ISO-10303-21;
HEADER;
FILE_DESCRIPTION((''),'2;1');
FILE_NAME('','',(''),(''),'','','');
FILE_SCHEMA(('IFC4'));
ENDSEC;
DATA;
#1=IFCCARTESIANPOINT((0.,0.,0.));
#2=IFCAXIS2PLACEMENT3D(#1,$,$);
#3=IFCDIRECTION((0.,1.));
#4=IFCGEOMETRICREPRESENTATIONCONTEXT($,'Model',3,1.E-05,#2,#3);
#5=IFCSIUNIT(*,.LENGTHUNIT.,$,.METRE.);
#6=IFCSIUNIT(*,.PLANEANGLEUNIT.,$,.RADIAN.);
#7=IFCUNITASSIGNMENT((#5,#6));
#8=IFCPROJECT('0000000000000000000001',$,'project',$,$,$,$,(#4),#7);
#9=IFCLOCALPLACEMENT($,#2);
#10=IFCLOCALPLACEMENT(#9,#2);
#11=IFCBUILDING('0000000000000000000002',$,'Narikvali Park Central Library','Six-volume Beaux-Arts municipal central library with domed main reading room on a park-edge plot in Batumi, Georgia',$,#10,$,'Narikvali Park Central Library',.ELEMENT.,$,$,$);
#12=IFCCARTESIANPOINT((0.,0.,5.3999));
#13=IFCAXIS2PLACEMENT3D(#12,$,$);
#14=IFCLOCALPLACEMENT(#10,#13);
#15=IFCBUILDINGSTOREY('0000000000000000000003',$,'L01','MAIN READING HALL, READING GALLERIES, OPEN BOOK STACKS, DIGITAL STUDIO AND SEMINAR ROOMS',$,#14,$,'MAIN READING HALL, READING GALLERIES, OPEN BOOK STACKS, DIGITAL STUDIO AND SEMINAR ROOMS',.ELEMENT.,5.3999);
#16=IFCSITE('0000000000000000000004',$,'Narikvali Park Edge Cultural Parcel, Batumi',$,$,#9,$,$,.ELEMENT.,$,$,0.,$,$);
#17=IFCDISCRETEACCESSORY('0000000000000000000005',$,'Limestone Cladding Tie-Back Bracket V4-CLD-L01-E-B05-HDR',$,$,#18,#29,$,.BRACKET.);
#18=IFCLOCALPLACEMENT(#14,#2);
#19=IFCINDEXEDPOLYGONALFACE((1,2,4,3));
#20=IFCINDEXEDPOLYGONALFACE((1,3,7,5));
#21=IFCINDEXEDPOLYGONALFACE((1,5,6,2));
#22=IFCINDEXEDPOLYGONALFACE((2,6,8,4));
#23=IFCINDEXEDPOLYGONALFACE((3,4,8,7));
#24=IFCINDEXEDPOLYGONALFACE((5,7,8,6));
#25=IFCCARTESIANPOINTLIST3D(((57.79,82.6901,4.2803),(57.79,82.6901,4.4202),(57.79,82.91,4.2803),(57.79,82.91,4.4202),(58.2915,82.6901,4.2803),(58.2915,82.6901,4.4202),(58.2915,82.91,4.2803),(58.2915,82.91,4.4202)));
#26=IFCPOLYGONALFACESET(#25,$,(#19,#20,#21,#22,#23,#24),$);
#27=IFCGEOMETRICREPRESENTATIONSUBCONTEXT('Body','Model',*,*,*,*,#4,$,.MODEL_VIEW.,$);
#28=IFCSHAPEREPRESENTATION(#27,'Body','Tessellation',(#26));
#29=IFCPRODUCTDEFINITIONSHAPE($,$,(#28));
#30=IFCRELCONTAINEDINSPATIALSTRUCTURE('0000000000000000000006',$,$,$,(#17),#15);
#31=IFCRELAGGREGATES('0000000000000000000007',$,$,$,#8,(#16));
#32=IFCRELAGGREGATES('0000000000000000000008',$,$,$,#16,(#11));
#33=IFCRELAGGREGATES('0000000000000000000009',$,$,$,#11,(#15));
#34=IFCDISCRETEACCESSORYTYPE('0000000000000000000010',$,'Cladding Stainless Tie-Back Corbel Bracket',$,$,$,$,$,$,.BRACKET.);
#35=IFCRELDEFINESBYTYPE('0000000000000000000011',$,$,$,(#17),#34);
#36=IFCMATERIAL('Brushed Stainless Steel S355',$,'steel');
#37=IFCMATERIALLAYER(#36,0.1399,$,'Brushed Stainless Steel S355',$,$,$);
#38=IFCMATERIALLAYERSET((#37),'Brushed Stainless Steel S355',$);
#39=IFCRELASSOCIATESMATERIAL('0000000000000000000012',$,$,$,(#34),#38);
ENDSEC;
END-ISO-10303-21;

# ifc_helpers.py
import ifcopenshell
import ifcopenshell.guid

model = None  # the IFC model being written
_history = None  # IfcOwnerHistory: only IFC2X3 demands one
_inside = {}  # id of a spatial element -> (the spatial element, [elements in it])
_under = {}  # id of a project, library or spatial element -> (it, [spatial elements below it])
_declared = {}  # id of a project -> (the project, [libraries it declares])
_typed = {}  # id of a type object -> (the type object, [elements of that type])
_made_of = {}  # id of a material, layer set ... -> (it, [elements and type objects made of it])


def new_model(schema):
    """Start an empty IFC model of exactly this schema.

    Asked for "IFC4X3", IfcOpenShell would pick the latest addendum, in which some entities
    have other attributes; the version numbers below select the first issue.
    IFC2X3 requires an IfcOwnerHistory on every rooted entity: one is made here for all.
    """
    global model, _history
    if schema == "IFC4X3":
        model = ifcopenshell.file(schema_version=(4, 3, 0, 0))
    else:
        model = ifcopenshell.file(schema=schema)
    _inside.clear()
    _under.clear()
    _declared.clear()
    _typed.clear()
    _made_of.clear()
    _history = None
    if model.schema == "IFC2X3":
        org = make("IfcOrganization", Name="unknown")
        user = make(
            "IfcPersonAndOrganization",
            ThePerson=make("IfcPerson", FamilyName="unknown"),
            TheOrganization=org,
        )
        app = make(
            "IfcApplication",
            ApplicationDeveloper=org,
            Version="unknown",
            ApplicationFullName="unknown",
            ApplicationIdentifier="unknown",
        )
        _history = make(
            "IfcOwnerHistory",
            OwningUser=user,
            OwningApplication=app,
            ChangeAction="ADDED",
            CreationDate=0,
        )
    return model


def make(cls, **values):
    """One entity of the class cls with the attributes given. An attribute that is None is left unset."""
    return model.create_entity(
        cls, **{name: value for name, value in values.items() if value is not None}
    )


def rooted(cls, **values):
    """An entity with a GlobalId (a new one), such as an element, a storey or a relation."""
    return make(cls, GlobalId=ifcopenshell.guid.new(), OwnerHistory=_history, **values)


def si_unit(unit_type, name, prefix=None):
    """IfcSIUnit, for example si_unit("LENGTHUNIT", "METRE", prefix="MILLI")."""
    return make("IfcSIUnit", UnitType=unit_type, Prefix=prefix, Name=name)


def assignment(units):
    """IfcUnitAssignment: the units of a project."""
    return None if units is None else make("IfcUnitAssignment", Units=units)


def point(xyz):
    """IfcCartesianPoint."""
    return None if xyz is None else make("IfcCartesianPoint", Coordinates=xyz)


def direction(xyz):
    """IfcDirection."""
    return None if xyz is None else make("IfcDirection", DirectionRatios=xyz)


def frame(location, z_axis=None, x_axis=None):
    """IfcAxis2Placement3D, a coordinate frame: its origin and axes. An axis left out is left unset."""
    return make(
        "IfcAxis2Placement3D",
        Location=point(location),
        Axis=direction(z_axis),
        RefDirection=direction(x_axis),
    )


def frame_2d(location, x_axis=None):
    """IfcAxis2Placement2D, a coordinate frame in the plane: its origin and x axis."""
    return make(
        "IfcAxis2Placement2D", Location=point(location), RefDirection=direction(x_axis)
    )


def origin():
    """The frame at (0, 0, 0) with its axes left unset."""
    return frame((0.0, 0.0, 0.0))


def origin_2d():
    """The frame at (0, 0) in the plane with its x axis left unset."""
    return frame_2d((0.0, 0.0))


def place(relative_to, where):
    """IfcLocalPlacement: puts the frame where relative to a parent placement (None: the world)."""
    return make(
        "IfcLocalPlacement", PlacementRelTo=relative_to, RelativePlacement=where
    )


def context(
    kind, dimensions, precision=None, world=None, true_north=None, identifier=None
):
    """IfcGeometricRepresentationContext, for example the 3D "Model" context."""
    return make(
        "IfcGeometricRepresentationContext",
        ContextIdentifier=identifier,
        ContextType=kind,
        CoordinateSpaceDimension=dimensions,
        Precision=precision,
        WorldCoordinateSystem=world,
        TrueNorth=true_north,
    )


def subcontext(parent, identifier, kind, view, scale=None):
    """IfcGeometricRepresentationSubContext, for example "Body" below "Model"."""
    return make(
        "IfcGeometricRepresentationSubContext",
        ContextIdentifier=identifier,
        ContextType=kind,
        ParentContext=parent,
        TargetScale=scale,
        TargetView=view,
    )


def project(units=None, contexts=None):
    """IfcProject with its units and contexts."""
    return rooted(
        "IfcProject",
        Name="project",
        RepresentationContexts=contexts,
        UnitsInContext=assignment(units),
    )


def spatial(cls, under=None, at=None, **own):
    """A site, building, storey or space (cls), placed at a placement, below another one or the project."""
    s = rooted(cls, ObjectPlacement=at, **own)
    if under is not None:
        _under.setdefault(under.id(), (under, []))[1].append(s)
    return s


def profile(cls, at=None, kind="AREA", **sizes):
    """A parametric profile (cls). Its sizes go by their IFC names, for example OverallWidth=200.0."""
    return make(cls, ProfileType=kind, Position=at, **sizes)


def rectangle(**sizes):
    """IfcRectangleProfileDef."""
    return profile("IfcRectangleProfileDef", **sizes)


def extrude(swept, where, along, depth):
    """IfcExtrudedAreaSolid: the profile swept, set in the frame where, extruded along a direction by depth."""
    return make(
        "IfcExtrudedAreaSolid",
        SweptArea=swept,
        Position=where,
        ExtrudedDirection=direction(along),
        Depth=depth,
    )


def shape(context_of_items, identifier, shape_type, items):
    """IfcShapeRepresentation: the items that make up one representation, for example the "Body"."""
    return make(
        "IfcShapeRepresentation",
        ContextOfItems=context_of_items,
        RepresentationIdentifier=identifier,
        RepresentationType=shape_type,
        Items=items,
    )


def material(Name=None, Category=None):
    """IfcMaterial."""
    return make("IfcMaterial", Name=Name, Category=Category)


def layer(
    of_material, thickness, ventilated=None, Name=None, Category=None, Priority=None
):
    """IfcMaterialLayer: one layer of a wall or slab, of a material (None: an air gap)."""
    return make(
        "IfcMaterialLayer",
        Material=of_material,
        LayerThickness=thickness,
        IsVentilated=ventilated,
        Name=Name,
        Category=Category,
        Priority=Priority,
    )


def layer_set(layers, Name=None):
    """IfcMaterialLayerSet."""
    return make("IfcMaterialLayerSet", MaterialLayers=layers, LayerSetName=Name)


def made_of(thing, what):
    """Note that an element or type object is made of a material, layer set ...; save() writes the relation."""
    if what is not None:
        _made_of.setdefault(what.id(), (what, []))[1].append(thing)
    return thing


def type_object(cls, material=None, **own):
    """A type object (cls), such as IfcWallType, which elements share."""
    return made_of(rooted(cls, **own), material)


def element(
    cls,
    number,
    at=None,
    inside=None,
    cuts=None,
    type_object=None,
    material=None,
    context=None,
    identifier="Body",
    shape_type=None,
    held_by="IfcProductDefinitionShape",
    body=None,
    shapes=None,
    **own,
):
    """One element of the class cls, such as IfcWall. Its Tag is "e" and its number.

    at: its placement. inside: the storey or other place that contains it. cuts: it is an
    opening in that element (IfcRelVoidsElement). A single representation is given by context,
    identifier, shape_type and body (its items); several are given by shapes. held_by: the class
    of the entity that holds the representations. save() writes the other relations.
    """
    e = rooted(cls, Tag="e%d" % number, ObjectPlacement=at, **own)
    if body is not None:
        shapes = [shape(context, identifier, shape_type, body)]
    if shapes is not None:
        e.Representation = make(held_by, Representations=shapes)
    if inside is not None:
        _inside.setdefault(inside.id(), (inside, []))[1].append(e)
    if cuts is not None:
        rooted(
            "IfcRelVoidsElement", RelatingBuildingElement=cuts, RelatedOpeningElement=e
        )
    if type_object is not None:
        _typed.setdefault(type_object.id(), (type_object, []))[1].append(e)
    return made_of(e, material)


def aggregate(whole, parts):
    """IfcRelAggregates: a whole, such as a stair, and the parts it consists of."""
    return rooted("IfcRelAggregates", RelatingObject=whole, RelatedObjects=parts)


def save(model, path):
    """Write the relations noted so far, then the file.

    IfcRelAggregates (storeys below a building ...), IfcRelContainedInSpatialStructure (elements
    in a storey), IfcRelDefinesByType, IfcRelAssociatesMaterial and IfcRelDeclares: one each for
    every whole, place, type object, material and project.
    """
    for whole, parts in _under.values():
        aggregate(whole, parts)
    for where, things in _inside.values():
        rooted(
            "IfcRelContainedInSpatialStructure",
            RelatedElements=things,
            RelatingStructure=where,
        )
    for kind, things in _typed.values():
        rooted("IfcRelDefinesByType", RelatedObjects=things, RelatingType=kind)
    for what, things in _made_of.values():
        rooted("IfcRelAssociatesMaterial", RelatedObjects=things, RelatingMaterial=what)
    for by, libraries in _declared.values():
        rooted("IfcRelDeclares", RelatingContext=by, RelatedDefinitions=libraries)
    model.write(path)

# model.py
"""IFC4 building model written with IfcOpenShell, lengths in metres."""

from ifc_helpers import new_model, si_unit, direction, frame, origin, origin_2d, place, context, subcontext, project, spatial, rectangle, extrude, material, layer, layer_set, type_object, element, save


model = new_model("IFC4")

# Units and contexts
model_context = context("Model", 3, precision=1e-05, world=origin(), true_north=direction((0.0, 1.0)))
body_context = subcontext(model_context, "Body", "Model", "MODEL_VIEW")
ifc_project = project(units=[si_unit("LENGTHUNIT", "METRE"), si_unit("PLANEANGLEUNIT", "RADIAN")], contexts=[model_context])

# Site, building, storey
site_placement = place(None, origin())
site = spatial("IfcSite", under=ifc_project, at=site_placement, Name="Narikvali Park Edge Cultural Parcel, Batumi", CompositionType="ELEMENT", RefElevation=0.0)
building_placement = place(site_placement, origin())
building = spatial("IfcBuilding", under=site, at=building_placement, Name="Narikvali Park Central Library", Description="Six-volume Beaux-Arts municipal central library with domed main reading room on a park-edge plot in Batumi, Georgia", LongName="Narikvali Park Central Library", CompositionType="ELEMENT")
storey_placement = place(building_placement, frame((0.0, 0.0, 5.3999)))
storey = spatial("IfcBuildingStorey", under=building, at=storey_placement, Name="L01", Description="MAIN READING HALL, READING GALLERIES, OPEN BOOK STACKS, DIGITAL STUDIO AND SEMINAR ROOMS", LongName="MAIN READING HALL, READING GALLERIES, OPEN BOOK STACKS, DIGITAL STUDIO AND SEMINAR ROOMS", CompositionType="ELEMENT", Elevation=5.3999)

# Discrete accessory
ifc_material_1 = material(Name="Brushed Stainless Steel S355", Category="steel")
ifc_layer_1 = layer(ifc_material_1, 0.1399, Name="Brushed Stainless Steel S355")
ifc_layer_set_1 = layer_set([ifc_layer_1], Name="Brushed Stainless Steel S355")
discrete_accessory_type = type_object("IfcDiscreteAccessoryType", Name="Cladding Stainless Tie-Back Corbel Bracket", PredefinedType="BRACKET", material=ifc_layer_set_1)
discrete_accessory_placement = place(storey_placement, frame((58.0408, 82.8, 4.2803), z_axis=(0.0, 0.0, 1.0), x_axis=(1.0, 0.0, 0.0)))
element("IfcDiscreteAccessory", 1, at=discrete_accessory_placement, inside=storey, type_object=discrete_accessory_type, Name="Limestone Cladding Tie-Back Bracket V4-CLD-L01-E-B05-HDR", PredefinedType="BRACKET", context=body_context, shape_type="SweptSolid", body=[
    extrude(rectangle(XDim=0.5015, YDim=0.22, at=origin_2d()), origin(), (0.0, 0.0, 1.0), 0.1399),
])

save(model, "model.ifc")
